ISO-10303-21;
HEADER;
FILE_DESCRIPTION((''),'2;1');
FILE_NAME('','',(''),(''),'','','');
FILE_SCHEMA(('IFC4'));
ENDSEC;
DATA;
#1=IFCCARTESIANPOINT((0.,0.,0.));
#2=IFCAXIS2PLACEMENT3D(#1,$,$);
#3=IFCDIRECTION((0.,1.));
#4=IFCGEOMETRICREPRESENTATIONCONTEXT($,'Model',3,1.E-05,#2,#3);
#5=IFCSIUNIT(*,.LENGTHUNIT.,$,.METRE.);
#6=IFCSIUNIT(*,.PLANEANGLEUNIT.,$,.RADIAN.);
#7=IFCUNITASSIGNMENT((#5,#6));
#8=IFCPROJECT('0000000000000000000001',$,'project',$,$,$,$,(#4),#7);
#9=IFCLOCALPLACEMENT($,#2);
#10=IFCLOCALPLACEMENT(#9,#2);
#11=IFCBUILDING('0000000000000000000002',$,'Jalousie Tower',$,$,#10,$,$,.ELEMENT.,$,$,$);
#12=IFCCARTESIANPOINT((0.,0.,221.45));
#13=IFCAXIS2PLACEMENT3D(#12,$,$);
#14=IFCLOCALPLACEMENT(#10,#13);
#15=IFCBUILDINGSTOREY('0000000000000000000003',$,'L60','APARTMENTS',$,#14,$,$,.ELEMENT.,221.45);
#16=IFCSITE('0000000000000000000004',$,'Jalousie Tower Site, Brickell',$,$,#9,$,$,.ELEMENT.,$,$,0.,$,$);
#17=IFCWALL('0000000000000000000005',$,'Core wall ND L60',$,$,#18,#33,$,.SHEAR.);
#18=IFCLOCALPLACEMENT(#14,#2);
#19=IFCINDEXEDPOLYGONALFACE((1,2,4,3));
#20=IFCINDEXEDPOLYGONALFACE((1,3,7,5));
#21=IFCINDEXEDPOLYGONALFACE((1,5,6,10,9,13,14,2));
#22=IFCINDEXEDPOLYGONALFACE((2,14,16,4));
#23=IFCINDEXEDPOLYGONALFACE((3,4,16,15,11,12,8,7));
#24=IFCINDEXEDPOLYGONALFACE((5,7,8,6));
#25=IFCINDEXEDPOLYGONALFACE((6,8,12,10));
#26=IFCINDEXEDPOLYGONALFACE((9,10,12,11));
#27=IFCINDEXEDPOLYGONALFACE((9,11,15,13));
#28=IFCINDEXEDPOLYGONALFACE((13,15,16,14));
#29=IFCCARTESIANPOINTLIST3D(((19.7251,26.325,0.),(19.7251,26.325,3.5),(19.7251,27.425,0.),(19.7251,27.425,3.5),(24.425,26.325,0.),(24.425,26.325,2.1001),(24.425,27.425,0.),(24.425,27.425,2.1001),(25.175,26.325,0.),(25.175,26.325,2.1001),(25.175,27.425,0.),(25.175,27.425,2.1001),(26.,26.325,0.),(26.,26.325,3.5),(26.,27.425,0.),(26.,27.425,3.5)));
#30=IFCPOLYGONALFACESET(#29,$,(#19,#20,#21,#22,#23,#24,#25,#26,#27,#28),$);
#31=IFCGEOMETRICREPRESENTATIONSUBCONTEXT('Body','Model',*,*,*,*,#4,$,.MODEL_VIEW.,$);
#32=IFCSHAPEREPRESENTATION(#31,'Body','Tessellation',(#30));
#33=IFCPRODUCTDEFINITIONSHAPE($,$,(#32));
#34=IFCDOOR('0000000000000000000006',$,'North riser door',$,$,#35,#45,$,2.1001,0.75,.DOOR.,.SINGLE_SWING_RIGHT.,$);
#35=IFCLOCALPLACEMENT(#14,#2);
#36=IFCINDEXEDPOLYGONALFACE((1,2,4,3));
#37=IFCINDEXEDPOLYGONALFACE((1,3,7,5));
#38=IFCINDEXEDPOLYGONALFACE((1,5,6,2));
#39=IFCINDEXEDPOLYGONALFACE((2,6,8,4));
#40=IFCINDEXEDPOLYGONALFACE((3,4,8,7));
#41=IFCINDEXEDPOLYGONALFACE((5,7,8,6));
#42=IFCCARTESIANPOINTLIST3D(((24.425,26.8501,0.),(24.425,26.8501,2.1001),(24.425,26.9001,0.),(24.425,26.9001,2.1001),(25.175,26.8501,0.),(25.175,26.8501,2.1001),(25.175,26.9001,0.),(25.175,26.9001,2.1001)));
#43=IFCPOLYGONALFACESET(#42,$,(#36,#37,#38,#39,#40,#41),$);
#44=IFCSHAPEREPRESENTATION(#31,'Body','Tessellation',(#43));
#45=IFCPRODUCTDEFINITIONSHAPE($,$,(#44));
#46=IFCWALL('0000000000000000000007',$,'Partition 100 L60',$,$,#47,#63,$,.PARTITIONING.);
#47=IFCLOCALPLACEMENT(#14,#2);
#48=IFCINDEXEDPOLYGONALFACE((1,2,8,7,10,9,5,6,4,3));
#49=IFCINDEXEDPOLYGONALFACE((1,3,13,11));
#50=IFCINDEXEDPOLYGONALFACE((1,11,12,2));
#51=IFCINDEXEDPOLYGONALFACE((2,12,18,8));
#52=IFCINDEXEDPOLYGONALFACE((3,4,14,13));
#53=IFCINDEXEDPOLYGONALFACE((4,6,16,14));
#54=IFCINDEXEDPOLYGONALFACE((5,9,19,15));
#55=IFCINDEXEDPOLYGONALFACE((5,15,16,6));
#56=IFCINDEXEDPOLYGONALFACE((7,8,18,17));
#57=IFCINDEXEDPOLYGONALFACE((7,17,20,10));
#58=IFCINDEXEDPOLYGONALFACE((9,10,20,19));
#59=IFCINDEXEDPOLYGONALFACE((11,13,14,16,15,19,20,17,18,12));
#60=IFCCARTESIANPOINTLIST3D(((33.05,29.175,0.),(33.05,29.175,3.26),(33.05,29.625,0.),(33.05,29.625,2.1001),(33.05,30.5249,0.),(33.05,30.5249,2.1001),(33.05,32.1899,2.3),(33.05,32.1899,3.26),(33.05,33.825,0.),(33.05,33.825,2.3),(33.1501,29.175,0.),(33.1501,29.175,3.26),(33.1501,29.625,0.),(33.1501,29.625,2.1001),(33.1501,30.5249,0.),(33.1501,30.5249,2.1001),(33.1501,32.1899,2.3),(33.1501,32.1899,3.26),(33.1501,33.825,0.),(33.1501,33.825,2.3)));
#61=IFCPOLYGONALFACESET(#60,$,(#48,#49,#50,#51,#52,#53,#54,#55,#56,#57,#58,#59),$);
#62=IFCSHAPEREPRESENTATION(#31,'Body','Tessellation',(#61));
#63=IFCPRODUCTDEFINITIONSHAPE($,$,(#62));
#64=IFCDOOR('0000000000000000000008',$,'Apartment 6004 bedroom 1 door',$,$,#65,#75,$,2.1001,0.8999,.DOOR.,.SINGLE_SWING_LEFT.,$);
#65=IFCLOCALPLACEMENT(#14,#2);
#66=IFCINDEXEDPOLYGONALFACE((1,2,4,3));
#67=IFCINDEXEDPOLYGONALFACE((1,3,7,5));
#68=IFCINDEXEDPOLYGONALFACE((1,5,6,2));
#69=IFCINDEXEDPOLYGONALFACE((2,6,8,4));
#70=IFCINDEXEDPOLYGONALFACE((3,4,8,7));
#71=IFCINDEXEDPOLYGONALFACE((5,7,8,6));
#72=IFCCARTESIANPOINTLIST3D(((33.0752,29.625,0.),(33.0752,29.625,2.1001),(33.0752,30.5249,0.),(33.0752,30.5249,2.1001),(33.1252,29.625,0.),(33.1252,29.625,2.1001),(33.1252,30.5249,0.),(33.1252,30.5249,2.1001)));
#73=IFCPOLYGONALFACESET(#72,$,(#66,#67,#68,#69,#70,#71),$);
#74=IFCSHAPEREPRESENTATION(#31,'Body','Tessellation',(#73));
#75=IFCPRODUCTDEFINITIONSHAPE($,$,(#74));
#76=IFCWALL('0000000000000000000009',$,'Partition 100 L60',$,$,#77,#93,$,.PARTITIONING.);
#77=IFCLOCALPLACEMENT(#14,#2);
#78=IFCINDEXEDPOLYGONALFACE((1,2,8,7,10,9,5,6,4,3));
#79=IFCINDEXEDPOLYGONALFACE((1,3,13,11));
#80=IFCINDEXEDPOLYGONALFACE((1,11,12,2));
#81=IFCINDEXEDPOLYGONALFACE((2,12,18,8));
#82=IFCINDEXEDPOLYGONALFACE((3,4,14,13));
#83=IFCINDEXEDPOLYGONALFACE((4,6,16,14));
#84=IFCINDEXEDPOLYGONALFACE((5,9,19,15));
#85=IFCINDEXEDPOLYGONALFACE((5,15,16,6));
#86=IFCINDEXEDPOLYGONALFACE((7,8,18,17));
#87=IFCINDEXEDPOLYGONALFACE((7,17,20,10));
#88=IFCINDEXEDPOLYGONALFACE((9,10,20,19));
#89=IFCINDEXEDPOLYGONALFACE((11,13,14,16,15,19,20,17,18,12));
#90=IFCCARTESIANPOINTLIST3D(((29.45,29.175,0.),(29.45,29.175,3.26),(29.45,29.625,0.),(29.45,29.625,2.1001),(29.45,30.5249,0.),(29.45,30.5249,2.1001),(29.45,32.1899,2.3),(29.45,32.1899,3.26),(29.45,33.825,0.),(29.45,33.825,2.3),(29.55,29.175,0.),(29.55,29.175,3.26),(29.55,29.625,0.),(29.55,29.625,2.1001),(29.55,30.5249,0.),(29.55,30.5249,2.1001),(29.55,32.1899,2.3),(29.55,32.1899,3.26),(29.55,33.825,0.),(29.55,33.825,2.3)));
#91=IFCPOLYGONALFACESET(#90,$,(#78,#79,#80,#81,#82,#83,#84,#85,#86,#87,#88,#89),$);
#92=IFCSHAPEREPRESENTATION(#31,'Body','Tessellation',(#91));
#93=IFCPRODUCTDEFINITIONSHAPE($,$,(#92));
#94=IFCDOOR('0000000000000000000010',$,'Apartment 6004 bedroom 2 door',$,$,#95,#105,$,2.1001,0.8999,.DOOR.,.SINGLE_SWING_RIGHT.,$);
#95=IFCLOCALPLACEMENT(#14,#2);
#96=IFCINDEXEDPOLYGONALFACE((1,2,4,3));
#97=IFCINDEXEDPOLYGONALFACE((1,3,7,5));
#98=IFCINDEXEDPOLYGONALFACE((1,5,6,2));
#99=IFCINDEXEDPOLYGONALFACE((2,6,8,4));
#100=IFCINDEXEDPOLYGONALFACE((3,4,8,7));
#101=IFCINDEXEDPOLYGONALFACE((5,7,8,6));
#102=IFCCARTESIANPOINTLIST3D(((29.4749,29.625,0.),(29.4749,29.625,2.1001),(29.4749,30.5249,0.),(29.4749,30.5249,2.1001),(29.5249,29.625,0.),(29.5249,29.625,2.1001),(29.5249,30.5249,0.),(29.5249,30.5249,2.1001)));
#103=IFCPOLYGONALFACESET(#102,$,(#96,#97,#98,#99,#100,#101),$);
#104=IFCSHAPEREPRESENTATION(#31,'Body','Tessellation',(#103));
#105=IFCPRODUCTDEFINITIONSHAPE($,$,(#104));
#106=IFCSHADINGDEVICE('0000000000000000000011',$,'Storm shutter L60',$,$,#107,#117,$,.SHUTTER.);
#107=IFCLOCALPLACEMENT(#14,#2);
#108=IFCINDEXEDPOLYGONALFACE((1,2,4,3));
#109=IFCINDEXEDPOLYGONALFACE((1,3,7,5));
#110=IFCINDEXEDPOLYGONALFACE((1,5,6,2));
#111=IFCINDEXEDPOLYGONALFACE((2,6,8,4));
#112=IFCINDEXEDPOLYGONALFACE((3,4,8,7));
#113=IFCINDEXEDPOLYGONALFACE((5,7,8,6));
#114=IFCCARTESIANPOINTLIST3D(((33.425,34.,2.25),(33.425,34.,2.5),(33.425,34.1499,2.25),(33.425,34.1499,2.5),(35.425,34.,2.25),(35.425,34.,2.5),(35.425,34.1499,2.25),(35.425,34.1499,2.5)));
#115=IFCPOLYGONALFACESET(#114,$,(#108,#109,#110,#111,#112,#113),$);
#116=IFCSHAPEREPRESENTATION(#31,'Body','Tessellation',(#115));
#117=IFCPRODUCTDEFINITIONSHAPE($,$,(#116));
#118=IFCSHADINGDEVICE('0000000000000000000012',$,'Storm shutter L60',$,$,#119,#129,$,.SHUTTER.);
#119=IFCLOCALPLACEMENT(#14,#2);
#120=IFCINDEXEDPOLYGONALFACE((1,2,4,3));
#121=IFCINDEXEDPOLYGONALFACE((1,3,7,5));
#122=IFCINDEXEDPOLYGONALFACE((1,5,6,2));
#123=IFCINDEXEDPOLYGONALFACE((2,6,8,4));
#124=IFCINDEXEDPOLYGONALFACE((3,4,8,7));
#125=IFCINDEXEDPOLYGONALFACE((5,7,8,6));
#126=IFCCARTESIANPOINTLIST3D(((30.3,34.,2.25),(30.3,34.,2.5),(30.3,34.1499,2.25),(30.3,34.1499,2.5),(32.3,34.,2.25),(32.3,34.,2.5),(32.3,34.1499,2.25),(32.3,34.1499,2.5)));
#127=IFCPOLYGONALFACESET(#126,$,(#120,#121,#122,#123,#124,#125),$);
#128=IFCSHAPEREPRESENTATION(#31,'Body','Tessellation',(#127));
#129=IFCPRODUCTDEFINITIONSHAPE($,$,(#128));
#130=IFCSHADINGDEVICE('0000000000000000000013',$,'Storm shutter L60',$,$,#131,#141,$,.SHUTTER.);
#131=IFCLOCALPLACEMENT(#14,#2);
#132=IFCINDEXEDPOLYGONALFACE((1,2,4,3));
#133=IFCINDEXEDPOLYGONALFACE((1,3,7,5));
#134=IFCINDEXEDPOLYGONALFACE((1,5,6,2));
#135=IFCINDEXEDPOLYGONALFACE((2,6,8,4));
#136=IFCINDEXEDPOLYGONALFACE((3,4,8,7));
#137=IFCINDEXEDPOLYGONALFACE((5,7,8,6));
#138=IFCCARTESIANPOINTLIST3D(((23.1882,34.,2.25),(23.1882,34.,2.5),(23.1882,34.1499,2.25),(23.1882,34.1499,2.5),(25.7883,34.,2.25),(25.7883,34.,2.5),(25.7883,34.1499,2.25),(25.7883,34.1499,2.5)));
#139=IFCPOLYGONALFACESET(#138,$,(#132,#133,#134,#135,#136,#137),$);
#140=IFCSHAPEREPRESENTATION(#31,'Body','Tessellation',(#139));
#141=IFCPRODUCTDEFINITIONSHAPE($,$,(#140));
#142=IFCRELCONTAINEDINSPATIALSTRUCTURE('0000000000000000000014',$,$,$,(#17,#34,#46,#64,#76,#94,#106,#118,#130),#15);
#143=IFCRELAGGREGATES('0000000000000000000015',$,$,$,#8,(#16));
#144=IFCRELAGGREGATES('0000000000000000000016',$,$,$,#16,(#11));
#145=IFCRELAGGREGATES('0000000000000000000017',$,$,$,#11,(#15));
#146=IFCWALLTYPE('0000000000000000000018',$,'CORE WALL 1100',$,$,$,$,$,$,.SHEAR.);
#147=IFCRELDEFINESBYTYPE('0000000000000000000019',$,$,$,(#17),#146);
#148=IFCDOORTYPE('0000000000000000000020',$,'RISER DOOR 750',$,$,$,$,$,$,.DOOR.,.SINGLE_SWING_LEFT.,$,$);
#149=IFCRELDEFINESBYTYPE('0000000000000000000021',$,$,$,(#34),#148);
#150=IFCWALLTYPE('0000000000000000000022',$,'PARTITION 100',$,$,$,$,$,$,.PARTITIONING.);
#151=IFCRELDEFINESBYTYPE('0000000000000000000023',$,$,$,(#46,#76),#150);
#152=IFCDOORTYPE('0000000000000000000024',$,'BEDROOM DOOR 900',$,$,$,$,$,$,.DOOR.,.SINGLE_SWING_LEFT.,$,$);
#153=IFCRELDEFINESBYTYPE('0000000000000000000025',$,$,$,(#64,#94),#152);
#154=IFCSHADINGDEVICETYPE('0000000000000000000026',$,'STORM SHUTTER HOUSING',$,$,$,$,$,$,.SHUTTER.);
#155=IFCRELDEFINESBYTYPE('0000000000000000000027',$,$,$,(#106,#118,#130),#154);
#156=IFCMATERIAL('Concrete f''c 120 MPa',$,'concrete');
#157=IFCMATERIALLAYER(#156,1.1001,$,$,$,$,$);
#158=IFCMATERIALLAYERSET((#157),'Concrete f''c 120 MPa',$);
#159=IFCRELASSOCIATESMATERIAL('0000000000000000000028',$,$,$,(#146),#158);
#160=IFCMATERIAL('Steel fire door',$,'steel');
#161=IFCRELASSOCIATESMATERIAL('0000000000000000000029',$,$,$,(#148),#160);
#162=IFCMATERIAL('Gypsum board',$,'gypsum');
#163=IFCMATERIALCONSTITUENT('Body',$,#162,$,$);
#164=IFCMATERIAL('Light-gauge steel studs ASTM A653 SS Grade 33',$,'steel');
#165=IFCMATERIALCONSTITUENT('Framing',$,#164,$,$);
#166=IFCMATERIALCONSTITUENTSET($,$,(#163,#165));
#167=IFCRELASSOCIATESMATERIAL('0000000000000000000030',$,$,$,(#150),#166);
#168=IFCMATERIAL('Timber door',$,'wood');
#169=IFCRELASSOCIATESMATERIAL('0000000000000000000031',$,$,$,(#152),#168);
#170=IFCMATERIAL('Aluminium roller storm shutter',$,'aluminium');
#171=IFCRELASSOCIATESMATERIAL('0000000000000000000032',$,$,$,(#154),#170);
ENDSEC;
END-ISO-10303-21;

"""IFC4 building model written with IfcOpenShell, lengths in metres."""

from ifc_helpers import new_model, si_unit, direction, frame, frame_2d, origin, origin_2d, place, context, subcontext, project, spatial, polyline, rectangle, outline, extrude, material, layer, layer_set, constituent, constituent_set, type_object, element, fill, save


model = new_model("IFC4")

# Units and contexts
model_context = context("Model", 3, precision=1e-05, world=origin(), true_north=direction((0.0, 1.0)))
body_context = subcontext(model_context, "Body", "Model", "MODEL_VIEW")
ifc_project = project(units=[si_unit("LENGTHUNIT", "METRE"), si_unit("PLANEANGLEUNIT", "RADIAN")], contexts=[model_context])

# Site, building, storey
site_placement = place(None, origin())
site = spatial("IfcSite", under=ifc_project, at=site_placement, Name="Jalousie Tower Site, Brickell", CompositionType="ELEMENT", RefElevation=0.0)
building_placement = place(site_placement, origin())
building = spatial("IfcBuilding", under=site, at=building_placement, Name="Jalousie Tower", CompositionType="ELEMENT")
storey_placement = place(building_placement, frame((0.0, 0.0, 221.45)))
storey = spatial("IfcBuildingStorey", under=building, at=storey_placement, Name="L60", Description="APARTMENTS", CompositionType="ELEMENT", Elevation=221.45)

# Shared definitions
ifc_material_1 = material(Name="Concrete f'c 120 MPa", Category="concrete")
ifc_layer_1 = layer(ifc_material_1, 1.1001)
ifc_layer_set_1 = layer_set([ifc_layer_1], Name="Concrete f'c 120 MPa")
wall_type_1 = type_object("IfcWallType", Name="CORE WALL 1100", PredefinedType="SHEAR", material=ifc_layer_set_1)

# Walls, openings, doors
wall_1_placement = place(storey_placement, frame((26.0, 26.875, 0.0), z_axis=(0.0, 0.0, 1.0), x_axis=(-1.0, 0.0, 0.0)))
wall_1 = element("IfcWall", 1, at=wall_1_placement, inside=storey, type_object=wall_type_1, Name="Core wall ND L60", PredefinedType="SHEAR", context=body_context, shape_type="SweptSolid", body=[
    extrude(rectangle(XDim=6.2749, YDim=1.1001, at=frame_2d((3.1375, 0.0))), origin(), (0.0, 0.0, 1.0), 3.5),
])
opening_1_placement = place(wall_1_placement, frame((0.825, 0.0, 0.0)))
opening_1 = element("IfcOpeningElement", 2, at=opening_1_placement, cuts=wall_1, PredefinedType="OPENING", context=body_context, shape_type="SweptSolid", body=[
    extrude(rectangle(XDim=0.75, YDim=2.1001, at=frame_2d((0.375, 1.05))), frame((0.0, 0.5601, 0.0), z_axis=(0.0, -1.0, 0.0), x_axis=(1.0, 0.0, 0.0)), (0.0, 0.0, 1.0), 1.1201),
])
ifc_material_2 = material(Name="Steel fire door", Category="steel")
door_type_1 = type_object("IfcDoorType", Name="RISER DOOR 750", OperationType="SINGLE_SWING_LEFT", PredefinedType="DOOR", material=ifc_material_2)
door_1_placement = place(opening_1_placement, origin())
door_1 = element("IfcDoor", 3, at=door_1_placement, inside=storey, type_object=door_type_1, Name="North riser door", OperationType="SINGLE_SWING_RIGHT", OverallHeight=2.1001, OverallWidth=0.75, PredefinedType="DOOR", context=body_context, shape_type="SweptSolid", body=[
    extrude(rectangle(XDim=0.75, YDim=2.1001, at=frame_2d((0.375, 1.05))), frame((0.0, 0.0249, 0.0), z_axis=(0.0, -1.0, 0.0), x_axis=(1.0, 0.0, 0.0)), (0.0, 0.0, 1.0), 0.05),
])
fill(opening_1, door_1)
ifc_material_3 = material(Name="Gypsum board", Category="gypsum")
ifc_constituent_1 = constituent(ifc_material_3, Name="Body")
ifc_material_4 = material(Name="Light-gauge steel studs ASTM A653 SS Grade 33", Category="steel")
ifc_constituent_2 = constituent(ifc_material_4, Name="Framing")
ifc_constituent_set_1 = constituent_set(constituents=[ifc_constituent_1, ifc_constituent_2])
wall_type_2 = type_object("IfcWallType", Name="PARTITION 100", PredefinedType="PARTITIONING", material=ifc_constituent_set_1)
wall_2_placement = place(storey_placement, frame((33.1001, 33.825, 0.0), z_axis=(0.0, 0.0, 1.0), x_axis=(0.0, -1.0, 0.0)))
wall_2 = element("IfcWall", 4, at=wall_2_placement, inside=storey, type_object=wall_type_2, Name="Partition 100 L60", PredefinedType="PARTITIONING", context=body_context, shape_type="SweptSolid", body=[
    extrude(outline(polyline([(0.0, 0.0), (4.6499, 0.0), (4.6499, 3.26), (1.635, 3.26), (1.635, 2.3), (0.0, 2.3), (0.0, 3.26), (0.0, 0.0)])), frame((0.0, 0.05, 0.0), z_axis=(0.0, -1.0, 0.0), x_axis=(1.0, 0.0, 0.0)), (0.0, 0.0, 1.0), 0.1001),
])
opening_2_placement = place(wall_2_placement, frame((3.3, 0.0, 0.0)))
opening_2 = element("IfcOpeningElement", 5, at=opening_2_placement, cuts=wall_2, PredefinedType="OPENING", context=body_context, shape_type="SweptSolid", body=[
    extrude(rectangle(XDim=0.8999, YDim=2.1001, at=frame_2d((0.45, 1.05))), frame((0.0, 0.0601, 0.0), z_axis=(0.0, -1.0, 0.0), x_axis=(1.0, 0.0, 0.0)), (0.0, 0.0, 1.0), 0.1201),
])
ifc_material_5 = material(Name="Timber door", Category="wood")
door_type_2 = type_object("IfcDoorType", Name="BEDROOM DOOR 900", OperationType="SINGLE_SWING_LEFT", PredefinedType="DOOR", material=ifc_material_5)
door_2_placement = place(opening_2_placement, frame((0.8999, 0.0, 0.0), z_axis=(0.0, 0.0, 1.0), x_axis=(-1.0, 0.0, 0.0)))
door_2 = element("IfcDoor", 6, at=door_2_placement, inside=storey, type_object=door_type_2, Name="Apartment 6004 bedroom 1 door", OperationType="SINGLE_SWING_LEFT", OverallHeight=2.1001, OverallWidth=0.8999, PredefinedType="DOOR", context=body_context, shape_type="SweptSolid", body=[
    extrude(rectangle(XDim=0.8999, YDim=2.1001, at=frame_2d((0.45, 1.05))), frame((0.0, 0.0249, 0.0), z_axis=(0.0, -1.0, 0.0), x_axis=(1.0, 0.0, 0.0)), (0.0, 0.0, 1.0), 0.05),
])
fill(opening_2, door_2)
wall_3_placement = place(storey_placement, frame((29.5, 33.825, 0.0), z_axis=(0.0, 0.0, 1.0), x_axis=(0.0, -1.0, 0.0)))
wall_3 = element("IfcWall", 7, at=wall_3_placement, inside=storey, type_object=wall_type_2, Name="Partition 100 L60", PredefinedType="PARTITIONING", context=body_context, shape_type="SweptSolid", body=[
    extrude(outline(polyline([(0.0, 0.0), (4.6499, 0.0), (4.6499, 3.26), (1.635, 3.26), (1.635, 2.3), (0.0, 2.3), (0.0, 3.26), (0.0, 0.0)])), frame((0.0, 0.05, 0.0), z_axis=(0.0, -1.0, 0.0), x_axis=(1.0, 0.0, 0.0)), (0.0, 0.0, 1.0), 0.1001),
])
opening_3_placement = place(wall_3_placement, frame((3.3, 0.0, 0.0)))
opening_3 = element("IfcOpeningElement", 8, at=opening_3_placement, cuts=wall_3, PredefinedType="OPENING", context=body_context, shape_type="SweptSolid", body=[
    extrude(rectangle(XDim=0.8999, YDim=2.1001, at=frame_2d((0.45, 1.05))), frame((0.0, 0.0601, 0.0), z_axis=(0.0, -1.0, 0.0), x_axis=(1.0, 0.0, 0.0)), (0.0, 0.0, 1.0), 0.1201),
])
door_3_placement = place(opening_3_placement, origin())
door_3 = element("IfcDoor", 9, at=door_3_placement, inside=storey, type_object=door_type_2, Name="Apartment 6004 bedroom 2 door", OperationType="SINGLE_SWING_RIGHT", OverallHeight=2.1001, OverallWidth=0.8999, PredefinedType="DOOR", context=body_context, shape_type="SweptSolid", body=[
    extrude(rectangle(XDim=0.8999, YDim=2.1001, at=frame_2d((0.45, 1.05))), frame((0.0, 0.0249, 0.0), z_axis=(0.0, -1.0, 0.0), x_axis=(1.0, 0.0, 0.0)), (0.0, 0.0, 1.0), 0.05),
])
fill(opening_3, door_3)

# Shading devices
ifc_material_6 = material(Name="Aluminium roller storm shutter", Category="aluminium")
shading_device_type = type_object("IfcShadingDeviceType", Name="STORM SHUTTER HOUSING", PredefinedType="SHUTTER", material=ifc_material_6)
for number, where, z_axis, x_axis, name in (
    (10, (34.425, 34.075, 2.25), (0.0, 0.0, 1.0), (-1.0, 0.0, 0.0), "Storm shutter L60"),
    (11, (31.3, 34.075, 2.25), (0.0, 0.0, 1.0), (-1.0, 0.0, 0.0), "Storm shutter L60"),
):
    element("IfcShadingDevice", number, at=place(storey_placement, frame(where, z_axis=z_axis, x_axis=x_axis)), inside=storey, type_object=shading_device_type, Name=name, PredefinedType="SHUTTER", context=body_context, shape_type="SweptSolid", body=[
        extrude(rectangle(XDim=2.0, YDim=0.1499, at=origin_2d()), origin(), (0.0, 0.0, 1.0), 0.25),
    ])
shading_device_placement = place(storey_placement, frame((24.4883, 34.075, 2.25), z_axis=(0.0, 0.0, 1.0), x_axis=(-1.0, 0.0, 0.0)))
element("IfcShadingDevice", 12, at=shading_device_placement, inside=storey, type_object=shading_device_type, Name="Storm shutter L60", PredefinedType="SHUTTER", context=body_context, shape_type="SweptSolid", body=[
    extrude(rectangle(XDim=2.6001, YDim=0.1499, at=origin_2d()), origin(), (0.0, 0.0, 1.0), 0.25),
])

save(model, "model.ifc")
